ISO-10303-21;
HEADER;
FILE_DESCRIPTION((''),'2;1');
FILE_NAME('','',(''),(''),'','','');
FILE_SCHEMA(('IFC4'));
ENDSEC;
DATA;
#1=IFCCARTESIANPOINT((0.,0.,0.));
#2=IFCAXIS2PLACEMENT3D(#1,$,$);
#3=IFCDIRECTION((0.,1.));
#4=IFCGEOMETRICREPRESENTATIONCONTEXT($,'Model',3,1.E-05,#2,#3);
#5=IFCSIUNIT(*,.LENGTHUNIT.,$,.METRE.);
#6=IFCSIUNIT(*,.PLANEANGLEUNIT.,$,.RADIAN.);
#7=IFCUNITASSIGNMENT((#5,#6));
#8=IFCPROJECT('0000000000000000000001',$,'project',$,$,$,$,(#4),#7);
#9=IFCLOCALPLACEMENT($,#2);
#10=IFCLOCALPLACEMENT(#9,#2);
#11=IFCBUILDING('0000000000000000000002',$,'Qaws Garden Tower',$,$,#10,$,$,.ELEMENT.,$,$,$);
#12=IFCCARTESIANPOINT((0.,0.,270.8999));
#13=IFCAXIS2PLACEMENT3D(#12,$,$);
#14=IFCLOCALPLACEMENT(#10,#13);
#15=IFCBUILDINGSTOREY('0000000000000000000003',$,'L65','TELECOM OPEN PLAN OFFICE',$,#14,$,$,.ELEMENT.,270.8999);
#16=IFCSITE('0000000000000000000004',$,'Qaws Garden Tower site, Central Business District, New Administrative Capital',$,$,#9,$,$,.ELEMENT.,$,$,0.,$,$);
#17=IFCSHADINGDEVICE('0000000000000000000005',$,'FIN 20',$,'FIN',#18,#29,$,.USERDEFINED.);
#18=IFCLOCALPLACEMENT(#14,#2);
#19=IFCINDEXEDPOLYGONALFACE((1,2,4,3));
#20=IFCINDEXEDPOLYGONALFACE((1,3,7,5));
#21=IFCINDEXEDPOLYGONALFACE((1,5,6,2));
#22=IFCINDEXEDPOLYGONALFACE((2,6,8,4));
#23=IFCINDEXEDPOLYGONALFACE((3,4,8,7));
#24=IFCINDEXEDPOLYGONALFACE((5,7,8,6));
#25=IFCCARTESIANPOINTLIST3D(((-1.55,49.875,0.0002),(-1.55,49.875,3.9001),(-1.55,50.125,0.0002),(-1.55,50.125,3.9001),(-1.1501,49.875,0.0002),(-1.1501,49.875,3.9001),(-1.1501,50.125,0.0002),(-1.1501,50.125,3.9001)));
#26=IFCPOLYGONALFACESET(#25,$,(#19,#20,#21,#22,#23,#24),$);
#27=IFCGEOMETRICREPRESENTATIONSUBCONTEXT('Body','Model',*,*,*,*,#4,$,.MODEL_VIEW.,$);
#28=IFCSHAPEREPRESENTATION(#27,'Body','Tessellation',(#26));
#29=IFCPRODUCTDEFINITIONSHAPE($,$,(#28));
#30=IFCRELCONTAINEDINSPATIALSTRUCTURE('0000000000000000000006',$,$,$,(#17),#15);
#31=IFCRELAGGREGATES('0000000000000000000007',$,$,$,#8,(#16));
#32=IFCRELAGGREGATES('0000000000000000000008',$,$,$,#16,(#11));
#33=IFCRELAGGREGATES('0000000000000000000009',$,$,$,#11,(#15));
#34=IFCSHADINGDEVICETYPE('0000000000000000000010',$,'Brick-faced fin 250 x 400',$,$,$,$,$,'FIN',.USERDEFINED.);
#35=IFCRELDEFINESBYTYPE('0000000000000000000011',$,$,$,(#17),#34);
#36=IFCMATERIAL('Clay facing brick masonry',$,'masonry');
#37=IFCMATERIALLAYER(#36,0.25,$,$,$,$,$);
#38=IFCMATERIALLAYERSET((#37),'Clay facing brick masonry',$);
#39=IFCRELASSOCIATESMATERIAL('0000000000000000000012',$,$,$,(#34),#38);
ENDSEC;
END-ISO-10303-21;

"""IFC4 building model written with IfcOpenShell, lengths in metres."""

from ifc_helpers import new_model, si_unit, direction, frame, origin, origin_2d, place, context, subcontext, project, spatial, rectangle, extrude, material, layer, layer_set, type_object, element, save


model = new_model("IFC4")

# Units and contexts
model_context = context("Model", 3, precision=1e-05, world=origin(), true_north=direction((0.0, 1.0)))
body_context = subcontext(model_context, "Body", "Model", "MODEL_VIEW")
ifc_project = project(units=[si_unit("LENGTHUNIT", "METRE"), si_unit("PLANEANGLEUNIT", "RADIAN")], contexts=[model_context])

# Site, building, storey
site_placement = place(None, origin())
site = spatial("IfcSite", under=ifc_project, at=site_placement, Name="Qaws Garden Tower site, Central Business District, New Administrative Capital", CompositionType="ELEMENT", RefElevation=0.0)
building_placement = place(site_placement, origin())
building = spatial("IfcBuilding", under=site, at=building_placement, Name="Qaws Garden Tower", CompositionType="ELEMENT")
storey_placement = place(building_placement, frame((0.0, 0.0, 270.8999)))
storey = spatial("IfcBuildingStorey", under=building, at=storey_placement, Name="L65", Description="TELECOM OPEN PLAN OFFICE", CompositionType="ELEMENT", Elevation=270.8999)

# Shading device
ifc_material_1 = material(Name="Clay facing brick masonry", Category="masonry")
ifc_layer_1 = layer(ifc_material_1, 0.25)
ifc_layer_set_1 = layer_set([ifc_layer_1], Name="Clay facing brick masonry")
shading_device_type = type_object("IfcShadingDeviceType", Name="Brick-faced fin 250 x 400", ElementType="FIN", PredefinedType="USERDEFINED", material=ifc_layer_set_1)
shading_device_placement = place(storey_placement, frame((-1.3501, 50.0, 0.0002), z_axis=(0.0, 0.0, 1.0), x_axis=(0.0, -1.0, 0.0)))
element("IfcShadingDevice", 1, at=shading_device_placement, inside=storey, type_object=shading_device_type, Name="FIN 20", ObjectType="FIN", PredefinedType="USERDEFINED", context=body_context, shape_type="SweptSolid", body=[
    extrude(rectangle(XDim=0.25, YDim=0.3999, at=origin_2d()), origin(), (0.0, 0.0, 1.0), 3.8999),
])

save(model, "model.ifc")
